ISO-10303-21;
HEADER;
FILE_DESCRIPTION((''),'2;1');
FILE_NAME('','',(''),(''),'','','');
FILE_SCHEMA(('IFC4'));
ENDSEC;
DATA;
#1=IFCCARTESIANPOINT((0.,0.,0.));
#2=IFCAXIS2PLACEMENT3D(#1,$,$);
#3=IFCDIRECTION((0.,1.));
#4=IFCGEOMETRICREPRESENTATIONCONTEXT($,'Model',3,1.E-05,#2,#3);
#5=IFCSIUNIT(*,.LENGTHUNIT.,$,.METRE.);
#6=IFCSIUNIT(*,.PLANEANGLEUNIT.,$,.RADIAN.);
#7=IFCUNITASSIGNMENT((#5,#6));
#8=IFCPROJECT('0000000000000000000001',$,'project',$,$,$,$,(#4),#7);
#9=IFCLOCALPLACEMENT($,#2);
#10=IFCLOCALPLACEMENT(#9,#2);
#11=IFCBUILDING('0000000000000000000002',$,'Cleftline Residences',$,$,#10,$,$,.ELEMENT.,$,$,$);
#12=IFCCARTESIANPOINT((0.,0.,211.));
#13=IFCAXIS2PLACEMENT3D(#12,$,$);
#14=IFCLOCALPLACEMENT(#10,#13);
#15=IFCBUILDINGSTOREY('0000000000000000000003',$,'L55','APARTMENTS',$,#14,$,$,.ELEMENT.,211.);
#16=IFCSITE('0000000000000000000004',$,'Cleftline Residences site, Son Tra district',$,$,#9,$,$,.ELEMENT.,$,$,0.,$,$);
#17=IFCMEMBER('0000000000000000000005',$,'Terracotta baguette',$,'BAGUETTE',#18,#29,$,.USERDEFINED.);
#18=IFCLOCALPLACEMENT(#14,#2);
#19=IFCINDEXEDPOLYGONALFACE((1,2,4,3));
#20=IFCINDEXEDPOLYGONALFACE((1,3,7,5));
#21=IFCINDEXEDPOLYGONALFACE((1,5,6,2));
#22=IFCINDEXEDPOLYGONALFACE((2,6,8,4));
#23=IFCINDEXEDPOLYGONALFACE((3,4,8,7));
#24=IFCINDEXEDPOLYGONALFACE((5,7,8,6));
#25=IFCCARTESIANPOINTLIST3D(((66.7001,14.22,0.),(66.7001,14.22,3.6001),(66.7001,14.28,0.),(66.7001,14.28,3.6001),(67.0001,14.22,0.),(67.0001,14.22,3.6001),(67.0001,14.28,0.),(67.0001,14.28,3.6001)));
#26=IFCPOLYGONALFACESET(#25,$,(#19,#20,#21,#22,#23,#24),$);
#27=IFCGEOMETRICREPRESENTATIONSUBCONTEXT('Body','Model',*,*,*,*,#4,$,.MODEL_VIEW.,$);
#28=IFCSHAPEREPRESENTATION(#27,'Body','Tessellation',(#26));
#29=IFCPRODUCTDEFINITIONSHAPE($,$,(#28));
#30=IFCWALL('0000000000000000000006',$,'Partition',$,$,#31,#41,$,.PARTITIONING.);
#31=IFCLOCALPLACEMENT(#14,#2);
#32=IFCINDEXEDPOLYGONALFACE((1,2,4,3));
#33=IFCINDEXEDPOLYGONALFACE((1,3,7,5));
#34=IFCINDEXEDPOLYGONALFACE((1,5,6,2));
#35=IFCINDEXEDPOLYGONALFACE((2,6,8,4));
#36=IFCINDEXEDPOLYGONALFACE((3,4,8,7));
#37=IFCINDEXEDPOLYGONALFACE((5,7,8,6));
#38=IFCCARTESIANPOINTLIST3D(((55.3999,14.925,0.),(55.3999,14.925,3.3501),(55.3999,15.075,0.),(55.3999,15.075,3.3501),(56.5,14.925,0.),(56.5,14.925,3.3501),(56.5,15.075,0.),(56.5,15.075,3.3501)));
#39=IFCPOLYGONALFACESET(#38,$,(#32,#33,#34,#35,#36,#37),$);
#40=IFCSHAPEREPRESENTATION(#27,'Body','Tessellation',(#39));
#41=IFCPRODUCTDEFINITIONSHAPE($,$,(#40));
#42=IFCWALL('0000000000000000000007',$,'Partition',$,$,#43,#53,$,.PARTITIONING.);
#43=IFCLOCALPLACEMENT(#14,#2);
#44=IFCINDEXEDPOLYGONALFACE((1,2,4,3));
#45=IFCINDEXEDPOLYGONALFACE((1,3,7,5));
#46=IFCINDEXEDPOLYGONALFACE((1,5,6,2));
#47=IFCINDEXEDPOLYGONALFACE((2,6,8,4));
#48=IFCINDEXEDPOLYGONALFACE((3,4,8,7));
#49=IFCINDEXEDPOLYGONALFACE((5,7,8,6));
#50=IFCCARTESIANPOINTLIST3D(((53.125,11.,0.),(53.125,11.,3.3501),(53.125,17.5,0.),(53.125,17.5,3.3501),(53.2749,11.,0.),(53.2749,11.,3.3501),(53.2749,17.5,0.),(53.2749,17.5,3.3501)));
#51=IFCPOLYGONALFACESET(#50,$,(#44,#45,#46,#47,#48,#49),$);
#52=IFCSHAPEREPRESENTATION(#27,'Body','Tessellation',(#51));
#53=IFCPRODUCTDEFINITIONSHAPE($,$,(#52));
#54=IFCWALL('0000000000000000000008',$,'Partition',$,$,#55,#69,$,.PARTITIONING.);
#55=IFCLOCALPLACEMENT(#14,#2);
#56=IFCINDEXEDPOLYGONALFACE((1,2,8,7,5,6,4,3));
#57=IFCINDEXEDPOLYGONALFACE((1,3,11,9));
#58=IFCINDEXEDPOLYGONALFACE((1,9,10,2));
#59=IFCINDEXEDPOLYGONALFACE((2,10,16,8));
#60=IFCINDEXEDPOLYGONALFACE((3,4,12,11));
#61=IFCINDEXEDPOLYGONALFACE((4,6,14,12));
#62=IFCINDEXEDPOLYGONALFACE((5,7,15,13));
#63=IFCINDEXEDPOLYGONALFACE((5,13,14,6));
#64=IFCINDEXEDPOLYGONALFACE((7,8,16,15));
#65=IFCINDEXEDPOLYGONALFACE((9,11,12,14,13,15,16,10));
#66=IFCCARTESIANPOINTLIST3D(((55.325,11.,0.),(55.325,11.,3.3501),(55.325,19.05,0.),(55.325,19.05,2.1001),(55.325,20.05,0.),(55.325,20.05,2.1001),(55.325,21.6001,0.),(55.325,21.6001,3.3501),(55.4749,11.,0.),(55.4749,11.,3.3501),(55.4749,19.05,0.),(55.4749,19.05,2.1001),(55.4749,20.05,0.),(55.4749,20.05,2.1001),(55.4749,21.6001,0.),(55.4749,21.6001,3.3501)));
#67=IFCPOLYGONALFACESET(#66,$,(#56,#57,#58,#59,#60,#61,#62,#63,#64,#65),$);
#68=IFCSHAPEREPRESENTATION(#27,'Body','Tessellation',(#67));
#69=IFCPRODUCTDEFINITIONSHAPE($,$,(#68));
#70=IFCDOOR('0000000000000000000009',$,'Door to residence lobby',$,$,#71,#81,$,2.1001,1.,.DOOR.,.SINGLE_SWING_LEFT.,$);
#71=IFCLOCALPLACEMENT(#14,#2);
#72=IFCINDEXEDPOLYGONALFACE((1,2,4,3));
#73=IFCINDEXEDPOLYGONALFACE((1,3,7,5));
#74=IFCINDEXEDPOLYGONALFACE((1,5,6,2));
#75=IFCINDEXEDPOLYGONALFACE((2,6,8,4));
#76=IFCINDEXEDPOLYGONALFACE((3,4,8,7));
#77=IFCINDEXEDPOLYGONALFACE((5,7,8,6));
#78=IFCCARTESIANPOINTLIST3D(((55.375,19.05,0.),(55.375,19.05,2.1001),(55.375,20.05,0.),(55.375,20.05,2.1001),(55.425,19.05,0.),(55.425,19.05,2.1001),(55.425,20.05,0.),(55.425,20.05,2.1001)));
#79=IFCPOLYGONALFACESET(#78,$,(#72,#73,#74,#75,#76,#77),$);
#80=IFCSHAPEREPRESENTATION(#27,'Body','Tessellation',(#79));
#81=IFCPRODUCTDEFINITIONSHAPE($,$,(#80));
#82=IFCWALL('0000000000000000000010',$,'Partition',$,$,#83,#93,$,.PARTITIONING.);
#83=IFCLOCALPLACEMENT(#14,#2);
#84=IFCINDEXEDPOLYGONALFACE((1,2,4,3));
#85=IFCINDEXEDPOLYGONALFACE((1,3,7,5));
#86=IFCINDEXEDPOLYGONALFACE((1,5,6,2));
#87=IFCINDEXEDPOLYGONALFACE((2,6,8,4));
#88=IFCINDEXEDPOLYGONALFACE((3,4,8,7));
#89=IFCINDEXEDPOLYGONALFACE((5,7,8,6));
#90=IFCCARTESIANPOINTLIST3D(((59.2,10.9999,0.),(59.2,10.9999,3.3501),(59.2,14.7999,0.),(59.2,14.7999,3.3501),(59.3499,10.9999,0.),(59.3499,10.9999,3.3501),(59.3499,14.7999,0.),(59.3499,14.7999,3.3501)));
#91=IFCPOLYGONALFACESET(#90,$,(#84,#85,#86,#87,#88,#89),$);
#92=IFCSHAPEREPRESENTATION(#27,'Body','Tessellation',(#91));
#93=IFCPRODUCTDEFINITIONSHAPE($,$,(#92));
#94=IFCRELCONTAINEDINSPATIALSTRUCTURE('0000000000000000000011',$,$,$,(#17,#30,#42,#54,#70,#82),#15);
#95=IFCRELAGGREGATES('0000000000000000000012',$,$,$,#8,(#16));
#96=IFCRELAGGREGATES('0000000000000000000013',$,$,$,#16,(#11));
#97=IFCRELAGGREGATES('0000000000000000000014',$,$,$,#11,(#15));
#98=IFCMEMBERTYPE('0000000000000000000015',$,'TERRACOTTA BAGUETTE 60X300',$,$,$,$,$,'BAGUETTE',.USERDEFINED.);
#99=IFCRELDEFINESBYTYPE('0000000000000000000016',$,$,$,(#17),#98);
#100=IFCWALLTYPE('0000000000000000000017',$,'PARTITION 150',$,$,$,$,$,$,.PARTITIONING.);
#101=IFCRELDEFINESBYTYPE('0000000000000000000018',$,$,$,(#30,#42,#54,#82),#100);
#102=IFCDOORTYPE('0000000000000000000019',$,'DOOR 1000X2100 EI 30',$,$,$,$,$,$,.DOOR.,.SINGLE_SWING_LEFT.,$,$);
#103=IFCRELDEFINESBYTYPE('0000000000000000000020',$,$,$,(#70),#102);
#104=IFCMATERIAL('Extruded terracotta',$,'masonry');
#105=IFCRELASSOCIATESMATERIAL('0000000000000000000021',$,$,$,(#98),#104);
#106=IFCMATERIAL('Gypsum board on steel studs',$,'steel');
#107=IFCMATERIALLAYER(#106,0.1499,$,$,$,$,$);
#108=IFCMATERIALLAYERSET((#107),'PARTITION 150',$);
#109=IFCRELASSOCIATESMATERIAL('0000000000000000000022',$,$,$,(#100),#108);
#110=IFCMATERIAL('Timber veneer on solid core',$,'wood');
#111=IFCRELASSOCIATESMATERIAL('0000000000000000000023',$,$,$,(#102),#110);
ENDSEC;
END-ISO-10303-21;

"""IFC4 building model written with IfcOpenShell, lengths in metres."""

from ifc_helpers import new_model, si_unit, direction, frame, frame_2d, origin, origin_2d, place, context, subcontext, project, spatial, rectangle, extrude, material, layer, layer_set, material_profile, profile_set, type_object, element, fill, save


model = new_model("IFC4")

# Units and contexts
model_context = context("Model", 3, precision=1e-05, world=origin(), true_north=direction((0.0, 1.0)))
body_context = subcontext(model_context, "Body", "Model", "MODEL_VIEW")
ifc_project = project(units=[si_unit("LENGTHUNIT", "METRE"), si_unit("PLANEANGLEUNIT", "RADIAN")], contexts=[model_context])

# Site, building, storey
site_placement = place(None, origin())
site = spatial("IfcSite", under=ifc_project, at=site_placement, Name="Cleftline Residences site, Son Tra district", CompositionType="ELEMENT", RefElevation=0.0)
building_placement = place(site_placement, origin())
building = spatial("IfcBuilding", under=site, at=building_placement, Name="Cleftline Residences", CompositionType="ELEMENT")
storey_placement = place(building_placement, frame((0.0, 0.0, 211.0)))
storey = spatial("IfcBuildingStorey", under=building, at=storey_placement, Name="L55", Description="APARTMENTS", CompositionType="ELEMENT", Elevation=211.0)

# Member
ifc_material_1 = material(Name="Extruded terracotta", Category="masonry")
ifc_material_profile_1 = material_profile(ifc_material_1, rectangle(XDim=0.0601, YDim=0.3, at=origin_2d()))
ifc_profile_set_1 = profile_set([ifc_material_profile_1], Name="Extruded terracotta")
member_type_1 = type_object("IfcMemberType", Name="TERRACOTTA BAGUETTE 60X300", ElementType="BAGUETTE", PredefinedType="USERDEFINED", material=ifc_profile_set_1)
for number, where, z_axis, x_axis, name in (
    (1, (66.8501, 14.25, 0.0), (0.0, 0.0, 1.0), (0.0, 1.0, 0.0), "Terracotta baguette"),
):
    element("IfcMember", number, at=place(storey_placement, frame(where, z_axis=z_axis, x_axis=x_axis)), inside=storey, type_object=member_type_1, Name=name, ObjectType="BAGUETTE", PredefinedType="USERDEFINED", context=body_context, shape_type="SweptSolid", body=[
        extrude(rectangle(XDim=0.0601, YDim=0.3, at=origin_2d()), origin(), (0.0, 0.0, 1.0), 3.6001),
    ])

# Walls
ifc_material_2 = material(Name="Gypsum board on steel studs", Category="steel")
ifc_layer = layer(ifc_material_2, 0.1499)
ifc_layer_set = layer_set([ifc_layer], Name="PARTITION 150")
wall_type = type_object("IfcWallType", Name="PARTITION 150", PredefinedType="PARTITIONING", material=ifc_layer_set)
wall_1_placement = place(storey_placement, frame((55.3999, 15.0, 0.0), z_axis=(0.0, 0.0, 1.0), x_axis=(1.0, 0.0, 0.0)))
element("IfcWall", 2, at=wall_1_placement, inside=storey, type_object=wall_type, Name="Partition", PredefinedType="PARTITIONING", context=body_context, shape_type="SweptSolid", body=[
    extrude(rectangle(XDim=1.1001, YDim=0.1499, at=frame_2d((0.55, 0.0))), origin(), (0.0, 0.0, 1.0), 3.3501),
])
wall_2_placement = place(storey_placement, frame((53.2, 11.0, 0.0), z_axis=(0.0, 0.0, 1.0), x_axis=(0.0, 1.0, 0.0)))
element("IfcWall", 3, at=wall_2_placement, inside=storey, type_object=wall_type, Name="Partition", PredefinedType="PARTITIONING", context=body_context, shape_type="SweptSolid", body=[
    extrude(rectangle(XDim=6.5, YDim=0.1499, at=frame_2d((3.25, 0.0))), origin(), (0.0, 0.0, 1.0), 3.3501),
])

# Wall, opening, door
wall_3_placement = place(storey_placement, frame((55.3999, 11.0, 0.0), z_axis=(0.0, 0.0, 1.0), x_axis=(0.0, 1.0, 0.0)))
wall_3 = element("IfcWall", 4, at=wall_3_placement, inside=storey, type_object=wall_type, Name="Partition", PredefinedType="PARTITIONING", context=body_context, shape_type="SweptSolid", body=[
    extrude(rectangle(XDim=10.6001, YDim=0.1499, at=frame_2d((5.3, 0.0))), origin(), (0.0, 0.0, 1.0), 3.3501),
])
opening_placement = place(wall_3_placement, frame((8.05, 0.0, 0.0)))
opening = element("IfcOpeningElement", 5, at=opening_placement, cuts=wall_3, PredefinedType="OPENING", context=body_context, shape_type="SweptSolid", body=[
    extrude(rectangle(XDim=1.0, YDim=2.1001, at=frame_2d((0.5, 1.05))), frame((0.0, 0.085, 0.0), z_axis=(0.0, -1.0, 0.0), x_axis=(1.0, 0.0, 0.0)), (0.0, 0.0, 1.0), 0.1699),
])
ifc_material_3 = material(Name="Timber veneer on solid core", Category="wood")
door_type = type_object("IfcDoorType", Name="DOOR 1000X2100 EI 30", OperationType="SINGLE_SWING_LEFT", PredefinedType="DOOR", material=ifc_material_3)
door_placement = place(opening_placement, origin())
door = element("IfcDoor", 6, at=door_placement, inside=storey, type_object=door_type, Name="Door to residence lobby", OperationType="SINGLE_SWING_LEFT", OverallHeight=2.1001, OverallWidth=1.0, PredefinedType="DOOR", context=body_context, shape_type="SweptSolid", body=[
    extrude(rectangle(XDim=1.0, YDim=2.1001, at=frame_2d((0.5, 1.05))), frame((0.0, 0.0249, 0.0), z_axis=(0.0, -1.0, 0.0), x_axis=(1.0, 0.0, 0.0)), (0.0, 0.0, 1.0), 0.05),
])
fill(opening, door)

# Wall
wall_4_placement = place(storey_placement, frame((59.2749, 11.0, 0.0), z_axis=(0.0, 0.0, 1.0), x_axis=(0.0, 1.0, 0.0)))
element("IfcWall", 7, at=wall_4_placement, inside=storey, type_object=wall_type, Name="Partition", PredefinedType="PARTITIONING", context=body_context, shape_type="SweptSolid", body=[
    extrude(rectangle(XDim=3.8, YDim=0.1499, at=frame_2d((1.8999, 0.0))), origin(), (0.0, 0.0, 1.0), 3.3501),
])

save(model, "model.ifc")
